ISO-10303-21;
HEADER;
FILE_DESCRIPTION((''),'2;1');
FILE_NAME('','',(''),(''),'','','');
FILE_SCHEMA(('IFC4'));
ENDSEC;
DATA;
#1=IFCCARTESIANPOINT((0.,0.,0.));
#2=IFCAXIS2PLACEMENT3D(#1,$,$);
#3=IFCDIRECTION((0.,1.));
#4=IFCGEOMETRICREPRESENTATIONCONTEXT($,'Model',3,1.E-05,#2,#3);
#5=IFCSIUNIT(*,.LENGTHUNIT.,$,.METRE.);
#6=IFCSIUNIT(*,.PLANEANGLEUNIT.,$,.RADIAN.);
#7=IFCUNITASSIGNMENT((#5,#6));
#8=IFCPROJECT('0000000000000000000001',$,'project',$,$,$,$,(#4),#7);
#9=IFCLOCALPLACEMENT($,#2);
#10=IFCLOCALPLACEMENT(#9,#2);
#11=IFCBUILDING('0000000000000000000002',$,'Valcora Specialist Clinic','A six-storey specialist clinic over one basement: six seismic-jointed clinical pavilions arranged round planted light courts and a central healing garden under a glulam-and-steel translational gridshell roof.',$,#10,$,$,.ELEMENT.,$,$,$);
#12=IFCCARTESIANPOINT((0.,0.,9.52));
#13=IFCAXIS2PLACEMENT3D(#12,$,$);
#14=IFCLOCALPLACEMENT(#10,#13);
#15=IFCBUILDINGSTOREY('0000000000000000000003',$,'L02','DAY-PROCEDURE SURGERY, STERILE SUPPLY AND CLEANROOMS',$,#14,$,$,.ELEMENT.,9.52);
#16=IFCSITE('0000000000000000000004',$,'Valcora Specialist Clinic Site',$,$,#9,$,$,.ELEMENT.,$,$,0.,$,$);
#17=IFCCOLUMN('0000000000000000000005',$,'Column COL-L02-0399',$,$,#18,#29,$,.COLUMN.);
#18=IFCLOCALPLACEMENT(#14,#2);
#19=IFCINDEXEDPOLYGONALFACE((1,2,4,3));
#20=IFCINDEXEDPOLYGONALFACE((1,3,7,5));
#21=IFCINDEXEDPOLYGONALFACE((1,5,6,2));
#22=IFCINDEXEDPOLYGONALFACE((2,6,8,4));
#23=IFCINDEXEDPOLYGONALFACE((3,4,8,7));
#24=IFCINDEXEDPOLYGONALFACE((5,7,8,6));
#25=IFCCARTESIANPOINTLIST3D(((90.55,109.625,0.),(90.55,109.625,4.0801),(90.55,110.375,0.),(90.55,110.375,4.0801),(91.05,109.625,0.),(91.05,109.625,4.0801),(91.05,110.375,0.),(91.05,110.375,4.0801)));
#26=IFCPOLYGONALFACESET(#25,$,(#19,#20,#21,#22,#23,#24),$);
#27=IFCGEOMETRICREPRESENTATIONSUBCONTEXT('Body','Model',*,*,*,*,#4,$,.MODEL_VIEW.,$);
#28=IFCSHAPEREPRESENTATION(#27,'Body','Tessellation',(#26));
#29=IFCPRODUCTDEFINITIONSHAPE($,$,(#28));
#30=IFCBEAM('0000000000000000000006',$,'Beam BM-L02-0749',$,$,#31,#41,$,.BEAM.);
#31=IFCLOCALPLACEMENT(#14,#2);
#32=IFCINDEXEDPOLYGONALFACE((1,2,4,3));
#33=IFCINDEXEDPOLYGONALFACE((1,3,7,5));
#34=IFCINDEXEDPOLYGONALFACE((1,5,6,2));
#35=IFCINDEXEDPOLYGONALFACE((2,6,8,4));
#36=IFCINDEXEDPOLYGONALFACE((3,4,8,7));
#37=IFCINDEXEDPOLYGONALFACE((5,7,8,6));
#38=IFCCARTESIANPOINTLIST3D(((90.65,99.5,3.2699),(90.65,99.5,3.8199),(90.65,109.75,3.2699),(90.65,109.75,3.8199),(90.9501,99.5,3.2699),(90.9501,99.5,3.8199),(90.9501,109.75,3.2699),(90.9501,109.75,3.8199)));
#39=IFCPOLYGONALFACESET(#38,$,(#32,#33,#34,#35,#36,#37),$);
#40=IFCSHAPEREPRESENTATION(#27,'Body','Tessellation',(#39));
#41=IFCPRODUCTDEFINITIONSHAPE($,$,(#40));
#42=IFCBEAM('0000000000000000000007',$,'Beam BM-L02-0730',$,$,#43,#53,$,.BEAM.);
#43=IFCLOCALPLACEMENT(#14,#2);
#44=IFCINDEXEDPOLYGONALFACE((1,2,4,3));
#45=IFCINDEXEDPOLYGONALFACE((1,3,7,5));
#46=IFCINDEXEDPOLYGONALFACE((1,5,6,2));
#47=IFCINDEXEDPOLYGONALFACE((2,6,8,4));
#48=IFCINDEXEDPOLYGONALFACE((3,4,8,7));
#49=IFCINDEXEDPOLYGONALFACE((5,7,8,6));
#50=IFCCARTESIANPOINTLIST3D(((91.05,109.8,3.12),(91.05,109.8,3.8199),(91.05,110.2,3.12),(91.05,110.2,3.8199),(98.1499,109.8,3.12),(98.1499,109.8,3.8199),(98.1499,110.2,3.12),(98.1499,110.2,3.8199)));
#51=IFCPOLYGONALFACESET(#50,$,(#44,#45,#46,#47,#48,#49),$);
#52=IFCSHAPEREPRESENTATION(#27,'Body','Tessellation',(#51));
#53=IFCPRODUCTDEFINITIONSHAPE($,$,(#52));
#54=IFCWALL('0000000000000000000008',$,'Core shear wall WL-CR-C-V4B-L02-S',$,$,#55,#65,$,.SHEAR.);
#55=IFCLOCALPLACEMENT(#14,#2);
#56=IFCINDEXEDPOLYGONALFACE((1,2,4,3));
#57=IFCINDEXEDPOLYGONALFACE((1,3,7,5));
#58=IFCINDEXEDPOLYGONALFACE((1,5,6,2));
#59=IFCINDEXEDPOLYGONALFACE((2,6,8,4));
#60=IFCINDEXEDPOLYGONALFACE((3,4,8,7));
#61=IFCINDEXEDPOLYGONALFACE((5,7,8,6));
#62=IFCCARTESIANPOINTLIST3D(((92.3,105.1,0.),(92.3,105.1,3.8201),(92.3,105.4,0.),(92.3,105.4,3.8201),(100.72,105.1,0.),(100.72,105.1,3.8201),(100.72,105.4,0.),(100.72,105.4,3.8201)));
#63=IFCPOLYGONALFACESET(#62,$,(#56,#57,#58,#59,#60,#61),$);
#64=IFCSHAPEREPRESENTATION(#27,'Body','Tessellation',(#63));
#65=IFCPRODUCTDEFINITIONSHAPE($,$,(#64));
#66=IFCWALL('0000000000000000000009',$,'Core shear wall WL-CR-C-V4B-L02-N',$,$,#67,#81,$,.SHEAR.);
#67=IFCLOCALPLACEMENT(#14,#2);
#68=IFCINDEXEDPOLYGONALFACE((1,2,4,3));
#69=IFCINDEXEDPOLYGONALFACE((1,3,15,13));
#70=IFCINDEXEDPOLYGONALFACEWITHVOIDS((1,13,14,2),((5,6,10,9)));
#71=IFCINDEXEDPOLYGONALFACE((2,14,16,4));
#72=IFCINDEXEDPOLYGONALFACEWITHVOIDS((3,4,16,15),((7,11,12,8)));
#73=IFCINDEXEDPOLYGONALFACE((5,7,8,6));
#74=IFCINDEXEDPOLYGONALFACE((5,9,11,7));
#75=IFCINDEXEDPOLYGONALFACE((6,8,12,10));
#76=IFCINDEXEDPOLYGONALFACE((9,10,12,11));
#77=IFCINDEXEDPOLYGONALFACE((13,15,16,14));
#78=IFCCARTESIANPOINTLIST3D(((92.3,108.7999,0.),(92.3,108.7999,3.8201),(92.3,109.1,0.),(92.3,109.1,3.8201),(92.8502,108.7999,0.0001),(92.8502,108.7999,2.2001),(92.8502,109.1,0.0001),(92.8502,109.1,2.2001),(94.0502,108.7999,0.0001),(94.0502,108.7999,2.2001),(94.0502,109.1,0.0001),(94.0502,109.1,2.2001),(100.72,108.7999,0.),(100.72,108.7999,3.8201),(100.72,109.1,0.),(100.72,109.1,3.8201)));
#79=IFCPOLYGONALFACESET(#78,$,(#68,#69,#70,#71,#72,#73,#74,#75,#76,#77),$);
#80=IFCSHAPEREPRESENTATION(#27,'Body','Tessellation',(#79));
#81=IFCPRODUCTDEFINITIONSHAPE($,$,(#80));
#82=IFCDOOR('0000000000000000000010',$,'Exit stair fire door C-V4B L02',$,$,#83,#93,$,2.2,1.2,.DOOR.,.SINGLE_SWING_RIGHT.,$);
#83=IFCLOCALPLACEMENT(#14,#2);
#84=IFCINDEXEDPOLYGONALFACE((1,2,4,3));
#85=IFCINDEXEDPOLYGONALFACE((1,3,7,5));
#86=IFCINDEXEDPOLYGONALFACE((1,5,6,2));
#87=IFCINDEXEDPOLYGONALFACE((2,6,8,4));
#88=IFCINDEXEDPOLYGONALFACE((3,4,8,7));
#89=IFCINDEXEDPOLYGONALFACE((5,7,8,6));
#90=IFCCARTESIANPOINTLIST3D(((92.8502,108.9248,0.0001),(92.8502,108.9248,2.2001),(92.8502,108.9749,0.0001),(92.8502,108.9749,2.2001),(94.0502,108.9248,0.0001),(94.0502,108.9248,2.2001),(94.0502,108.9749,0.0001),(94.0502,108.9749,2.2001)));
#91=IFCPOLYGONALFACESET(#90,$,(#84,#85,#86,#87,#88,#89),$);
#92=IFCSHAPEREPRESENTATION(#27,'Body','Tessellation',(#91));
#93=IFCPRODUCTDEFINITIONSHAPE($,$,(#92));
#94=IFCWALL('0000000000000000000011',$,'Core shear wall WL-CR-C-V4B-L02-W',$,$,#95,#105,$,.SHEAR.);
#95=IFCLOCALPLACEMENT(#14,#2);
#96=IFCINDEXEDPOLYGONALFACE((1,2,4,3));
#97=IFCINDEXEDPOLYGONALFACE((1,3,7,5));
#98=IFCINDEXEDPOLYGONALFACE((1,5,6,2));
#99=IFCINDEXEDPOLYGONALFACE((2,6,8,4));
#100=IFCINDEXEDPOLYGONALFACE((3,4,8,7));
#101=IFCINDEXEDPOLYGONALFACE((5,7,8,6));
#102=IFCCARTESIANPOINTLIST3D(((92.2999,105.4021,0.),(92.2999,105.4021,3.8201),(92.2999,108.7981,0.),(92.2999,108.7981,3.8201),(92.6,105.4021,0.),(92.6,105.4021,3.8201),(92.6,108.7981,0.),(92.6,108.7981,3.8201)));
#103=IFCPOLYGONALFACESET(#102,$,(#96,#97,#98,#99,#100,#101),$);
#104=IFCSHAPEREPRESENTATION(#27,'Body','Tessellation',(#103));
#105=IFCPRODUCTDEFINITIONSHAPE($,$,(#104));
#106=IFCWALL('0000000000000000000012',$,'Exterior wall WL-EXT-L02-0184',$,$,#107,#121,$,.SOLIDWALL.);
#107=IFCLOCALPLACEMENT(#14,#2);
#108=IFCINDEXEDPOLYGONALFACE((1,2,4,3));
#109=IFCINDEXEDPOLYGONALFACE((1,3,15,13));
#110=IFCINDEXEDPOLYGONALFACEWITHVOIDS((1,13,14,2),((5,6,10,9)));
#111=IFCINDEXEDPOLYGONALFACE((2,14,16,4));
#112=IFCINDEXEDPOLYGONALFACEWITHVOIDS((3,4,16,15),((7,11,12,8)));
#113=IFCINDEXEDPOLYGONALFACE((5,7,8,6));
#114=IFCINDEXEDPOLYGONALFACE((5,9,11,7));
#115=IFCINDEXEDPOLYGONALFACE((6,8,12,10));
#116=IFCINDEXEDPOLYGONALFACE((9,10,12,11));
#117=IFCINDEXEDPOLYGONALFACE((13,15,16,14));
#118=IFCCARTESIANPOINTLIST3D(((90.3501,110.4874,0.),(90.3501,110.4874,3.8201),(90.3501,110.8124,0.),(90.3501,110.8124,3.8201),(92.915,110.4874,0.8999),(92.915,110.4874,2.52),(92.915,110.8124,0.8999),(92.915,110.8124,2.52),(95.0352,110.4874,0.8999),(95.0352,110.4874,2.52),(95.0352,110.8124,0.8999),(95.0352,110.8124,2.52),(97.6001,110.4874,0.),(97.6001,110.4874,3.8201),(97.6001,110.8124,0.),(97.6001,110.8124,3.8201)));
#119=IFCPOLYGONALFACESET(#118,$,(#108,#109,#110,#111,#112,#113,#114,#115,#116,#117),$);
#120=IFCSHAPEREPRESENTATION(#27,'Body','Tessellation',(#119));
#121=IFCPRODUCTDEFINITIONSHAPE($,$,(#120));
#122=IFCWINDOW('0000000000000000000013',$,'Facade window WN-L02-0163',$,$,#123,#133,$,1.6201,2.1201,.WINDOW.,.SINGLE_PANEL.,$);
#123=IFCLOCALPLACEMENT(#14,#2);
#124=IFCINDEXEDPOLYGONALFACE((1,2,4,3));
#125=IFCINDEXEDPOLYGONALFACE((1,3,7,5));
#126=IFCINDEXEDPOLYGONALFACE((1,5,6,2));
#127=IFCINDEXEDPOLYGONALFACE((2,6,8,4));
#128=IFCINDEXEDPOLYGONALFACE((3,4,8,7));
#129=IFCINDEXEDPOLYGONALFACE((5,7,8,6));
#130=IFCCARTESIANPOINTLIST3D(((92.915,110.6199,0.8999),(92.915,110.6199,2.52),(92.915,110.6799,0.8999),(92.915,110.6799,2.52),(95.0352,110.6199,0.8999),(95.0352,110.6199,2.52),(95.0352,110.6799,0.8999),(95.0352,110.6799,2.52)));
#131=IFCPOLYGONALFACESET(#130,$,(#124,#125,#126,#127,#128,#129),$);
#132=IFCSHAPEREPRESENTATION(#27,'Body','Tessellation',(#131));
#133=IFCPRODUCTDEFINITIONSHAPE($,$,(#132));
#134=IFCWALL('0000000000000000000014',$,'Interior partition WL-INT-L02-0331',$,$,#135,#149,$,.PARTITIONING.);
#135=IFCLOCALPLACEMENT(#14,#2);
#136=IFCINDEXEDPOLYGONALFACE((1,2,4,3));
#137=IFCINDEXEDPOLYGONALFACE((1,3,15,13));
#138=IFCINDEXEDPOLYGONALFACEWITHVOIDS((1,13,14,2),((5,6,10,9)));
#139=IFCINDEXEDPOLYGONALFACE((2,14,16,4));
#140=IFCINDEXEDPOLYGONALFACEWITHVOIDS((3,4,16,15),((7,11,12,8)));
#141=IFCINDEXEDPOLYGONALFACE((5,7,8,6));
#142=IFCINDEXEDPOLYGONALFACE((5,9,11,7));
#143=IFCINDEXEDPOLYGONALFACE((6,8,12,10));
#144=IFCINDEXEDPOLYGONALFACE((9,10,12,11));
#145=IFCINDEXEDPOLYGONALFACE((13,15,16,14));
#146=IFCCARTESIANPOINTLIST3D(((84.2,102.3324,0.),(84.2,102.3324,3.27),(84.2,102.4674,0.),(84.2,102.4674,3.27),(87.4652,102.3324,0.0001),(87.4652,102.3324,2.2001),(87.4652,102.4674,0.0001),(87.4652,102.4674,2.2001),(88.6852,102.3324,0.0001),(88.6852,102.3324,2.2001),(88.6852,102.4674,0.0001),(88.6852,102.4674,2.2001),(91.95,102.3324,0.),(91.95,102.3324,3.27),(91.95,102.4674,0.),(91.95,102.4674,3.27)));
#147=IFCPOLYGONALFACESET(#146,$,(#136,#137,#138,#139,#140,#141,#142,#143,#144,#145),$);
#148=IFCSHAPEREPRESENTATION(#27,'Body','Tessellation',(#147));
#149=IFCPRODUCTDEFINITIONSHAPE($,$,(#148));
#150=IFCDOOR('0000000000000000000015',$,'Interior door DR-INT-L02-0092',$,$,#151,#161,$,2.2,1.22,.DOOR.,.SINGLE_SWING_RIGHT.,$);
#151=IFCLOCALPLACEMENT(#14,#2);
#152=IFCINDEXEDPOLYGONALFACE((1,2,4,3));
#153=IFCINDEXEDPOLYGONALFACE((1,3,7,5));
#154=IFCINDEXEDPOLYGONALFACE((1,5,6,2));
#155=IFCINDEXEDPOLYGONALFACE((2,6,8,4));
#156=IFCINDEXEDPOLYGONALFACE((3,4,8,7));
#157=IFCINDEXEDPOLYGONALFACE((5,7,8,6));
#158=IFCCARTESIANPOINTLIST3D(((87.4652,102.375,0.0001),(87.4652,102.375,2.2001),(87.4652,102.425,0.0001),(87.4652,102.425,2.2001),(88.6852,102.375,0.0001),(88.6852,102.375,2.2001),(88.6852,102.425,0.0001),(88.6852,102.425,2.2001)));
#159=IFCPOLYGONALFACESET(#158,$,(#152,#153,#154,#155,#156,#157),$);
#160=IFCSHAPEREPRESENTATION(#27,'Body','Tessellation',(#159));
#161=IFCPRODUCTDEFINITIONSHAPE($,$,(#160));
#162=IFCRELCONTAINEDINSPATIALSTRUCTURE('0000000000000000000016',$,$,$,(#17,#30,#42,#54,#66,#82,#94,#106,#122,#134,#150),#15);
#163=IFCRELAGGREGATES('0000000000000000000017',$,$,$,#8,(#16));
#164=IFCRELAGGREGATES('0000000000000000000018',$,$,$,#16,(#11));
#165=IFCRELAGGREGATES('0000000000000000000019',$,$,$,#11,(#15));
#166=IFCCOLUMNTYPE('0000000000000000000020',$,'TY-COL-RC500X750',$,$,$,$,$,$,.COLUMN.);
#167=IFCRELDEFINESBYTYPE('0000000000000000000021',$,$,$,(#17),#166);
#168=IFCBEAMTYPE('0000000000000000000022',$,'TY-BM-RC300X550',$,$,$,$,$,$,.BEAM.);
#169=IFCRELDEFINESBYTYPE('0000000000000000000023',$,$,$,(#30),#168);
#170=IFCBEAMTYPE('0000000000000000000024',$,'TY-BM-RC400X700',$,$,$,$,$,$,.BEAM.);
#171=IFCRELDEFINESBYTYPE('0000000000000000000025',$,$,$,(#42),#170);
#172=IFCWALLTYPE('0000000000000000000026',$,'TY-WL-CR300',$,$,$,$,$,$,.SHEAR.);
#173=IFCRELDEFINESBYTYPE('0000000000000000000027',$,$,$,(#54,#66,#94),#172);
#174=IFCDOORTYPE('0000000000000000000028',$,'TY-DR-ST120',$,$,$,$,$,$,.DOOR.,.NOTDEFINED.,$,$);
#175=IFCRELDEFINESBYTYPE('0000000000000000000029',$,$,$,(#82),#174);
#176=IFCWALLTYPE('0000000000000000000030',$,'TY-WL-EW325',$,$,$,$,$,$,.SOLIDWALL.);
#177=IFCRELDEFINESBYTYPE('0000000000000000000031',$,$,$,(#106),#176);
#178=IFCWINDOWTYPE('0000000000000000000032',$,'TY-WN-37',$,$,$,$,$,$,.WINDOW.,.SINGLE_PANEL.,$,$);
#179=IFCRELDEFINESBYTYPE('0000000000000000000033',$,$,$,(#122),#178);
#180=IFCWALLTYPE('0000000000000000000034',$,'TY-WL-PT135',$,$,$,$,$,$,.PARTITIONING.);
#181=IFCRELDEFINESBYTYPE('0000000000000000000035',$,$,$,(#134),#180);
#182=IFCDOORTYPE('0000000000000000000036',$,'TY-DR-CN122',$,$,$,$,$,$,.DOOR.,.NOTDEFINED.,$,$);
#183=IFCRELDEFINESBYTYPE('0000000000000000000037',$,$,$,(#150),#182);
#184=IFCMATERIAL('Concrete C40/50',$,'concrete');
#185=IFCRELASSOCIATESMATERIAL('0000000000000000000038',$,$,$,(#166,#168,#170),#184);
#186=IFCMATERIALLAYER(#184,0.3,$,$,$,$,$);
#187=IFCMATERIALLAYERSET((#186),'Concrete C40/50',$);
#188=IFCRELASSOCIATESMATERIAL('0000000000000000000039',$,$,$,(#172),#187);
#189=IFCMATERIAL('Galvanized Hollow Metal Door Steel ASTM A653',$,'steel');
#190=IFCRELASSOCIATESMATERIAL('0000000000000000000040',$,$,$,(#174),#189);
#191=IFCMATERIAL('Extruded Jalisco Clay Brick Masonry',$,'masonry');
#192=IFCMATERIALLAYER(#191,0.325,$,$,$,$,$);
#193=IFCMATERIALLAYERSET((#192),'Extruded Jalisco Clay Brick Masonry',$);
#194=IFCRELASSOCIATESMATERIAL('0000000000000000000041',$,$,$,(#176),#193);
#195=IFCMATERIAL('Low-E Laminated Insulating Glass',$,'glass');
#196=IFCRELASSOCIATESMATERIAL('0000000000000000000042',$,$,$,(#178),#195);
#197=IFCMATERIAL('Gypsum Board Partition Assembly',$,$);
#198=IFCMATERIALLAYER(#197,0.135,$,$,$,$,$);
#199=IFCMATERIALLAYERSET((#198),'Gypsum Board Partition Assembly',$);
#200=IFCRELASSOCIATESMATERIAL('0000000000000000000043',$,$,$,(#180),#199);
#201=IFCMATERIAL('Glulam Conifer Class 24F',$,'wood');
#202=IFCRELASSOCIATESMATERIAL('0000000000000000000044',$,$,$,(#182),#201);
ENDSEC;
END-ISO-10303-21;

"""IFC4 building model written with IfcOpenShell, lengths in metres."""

from ifc_helpers import new_model, si_unit, direction, frame, frame_2d, origin, origin_2d, place, context, subcontext, project, spatial, rectangle, extrude, material, layer, layer_set, material_profile, profile_set, type_object, element, fill, save


model = new_model("IFC4")

# Units and contexts
model_context = context("Model", 3, precision=1e-05, world=origin(), true_north=direction((0.0, 1.0)))
body_context = subcontext(model_context, "Body", "Model", "MODEL_VIEW")
ifc_project = project(units=[si_unit("LENGTHUNIT", "METRE"), si_unit("PLANEANGLEUNIT", "RADIAN")], contexts=[model_context])

# Site, building, storey
site_placement = place(None, origin())
site = spatial("IfcSite", under=ifc_project, at=site_placement, Name="Valcora Specialist Clinic Site", CompositionType="ELEMENT", RefElevation=0.0)
building_placement = place(site_placement, origin())
building = spatial("IfcBuilding", under=site, at=building_placement, Name="Valcora Specialist Clinic", Description="A six-storey specialist clinic over one basement: six seismic-jointed clinical pavilions arranged round planted light courts and a central healing garden under a glulam-and-steel translational gridshell roof.", CompositionType="ELEMENT")
storey_placement = place(building_placement, frame((0.0, 0.0, 9.52)))
storey = spatial("IfcBuildingStorey", under=building, at=storey_placement, Name="L02", Description="DAY-PROCEDURE SURGERY, STERILE SUPPLY AND CLEANROOMS", CompositionType="ELEMENT", Elevation=9.52)

# Column
ifc_material_1 = material(Name="Concrete C40/50", Category="concrete")
ifc_material_profile_1 = material_profile(ifc_material_1, rectangle(XDim=0.5, YDim=0.75, at=origin_2d()), Name="RC-COL-500X750")
ifc_profile_set_1 = profile_set([ifc_material_profile_1], Name="Concrete C40/50")
column_type = type_object("IfcColumnType", Name="TY-COL-RC500X750", PredefinedType="COLUMN", material=ifc_profile_set_1)
column_placement = place(storey_placement, frame((90.8, 110.0, 0.0), z_axis=(0.0, 0.0, 1.0), x_axis=(1.0, 0.0, 0.0)))
element("IfcColumn", 1, at=column_placement, inside=storey, type_object=column_type, Name="Column COL-L02-0399", PredefinedType="COLUMN", context=body_context, shape_type="SweptSolid", body=[
    extrude(rectangle(XDim=0.5, YDim=0.75, at=origin_2d()), origin(), (0.0, 0.0, 1.0), 4.0801),
])

# Beams
ifc_material_profile_2 = material_profile(ifc_material_1, rectangle(XDim=0.3, YDim=0.55, at=origin_2d()), Name="RC-BM-300X550")
ifc_profile_set_2 = profile_set([ifc_material_profile_2], Name="Concrete C40/50")
beam_type_1 = type_object("IfcBeamType", Name="TY-BM-RC300X550", PredefinedType="BEAM", material=ifc_profile_set_2)
beam_1_placement = place(storey_placement, frame((90.8, 99.5, 3.5449), z_axis=(0.0, 1.0, 0.0), x_axis=(-1.0, 0.0, 0.0)))
element("IfcBeam", 2, at=beam_1_placement, inside=storey, type_object=beam_type_1, Name="Beam BM-L02-0749", PredefinedType="BEAM", context=body_context, shape_type="SweptSolid", body=[
    extrude(rectangle(XDim=0.3, YDim=0.55, at=origin_2d()), origin(), (0.0, 0.0, 1.0), 10.25),
])
ifc_material_profile_3 = material_profile(ifc_material_1, rectangle(XDim=0.3999, YDim=0.7, at=origin_2d()), Name="RC-BM-400X700")
ifc_profile_set_3 = profile_set([ifc_material_profile_3], Name="Concrete C40/50")
beam_type_2 = type_object("IfcBeamType", Name="TY-BM-RC400X700", PredefinedType="BEAM", material=ifc_profile_set_3)
beam_2_placement = place(storey_placement, frame((91.05, 110.0, 3.47), z_axis=(1.0, 0.0, 0.0), x_axis=(0.0, 1.0, 0.0)))
element("IfcBeam", 3, at=beam_2_placement, inside=storey, type_object=beam_type_2, Name="Beam BM-L02-0730", PredefinedType="BEAM", context=body_context, shape_type="SweptSolid", body=[
    extrude(rectangle(XDim=0.3999, YDim=0.7, at=origin_2d()), origin(), (0.0, 0.0, 1.0), 7.0999),
])

# Wall
ifc_layer_1 = layer(ifc_material_1, 0.3)
ifc_layer_set_1 = layer_set([ifc_layer_1], Name="Concrete C40/50")
wall_type_1 = type_object("IfcWallType", Name="TY-WL-CR300", PredefinedType="SHEAR", material=ifc_layer_set_1)
wall_1_placement = place(storey_placement, frame((92.3, 105.25, 0.0), z_axis=(0.0, 0.0, 1.0), x_axis=(1.0, 0.0, 0.0)))
element("IfcWall", 4, at=wall_1_placement, inside=storey, type_object=wall_type_1, Name="Core shear wall WL-CR-C-V4B-L02-S", PredefinedType="SHEAR", context=body_context, shape_type="SweptSolid", body=[
    extrude(rectangle(XDim=8.4199, YDim=0.3, at=frame_2d((4.21, 0.0))), origin(), (0.0, 0.0, 1.0), 3.8201),
])

# Wall, opening, door
wall_2_placement = place(storey_placement, frame((92.3, 108.95, 0.0), z_axis=(0.0, 0.0, 1.0), x_axis=(1.0, 0.0, 0.0)))
wall_2 = element("IfcWall", 5, at=wall_2_placement, inside=storey, type_object=wall_type_1, Name="Core shear wall WL-CR-C-V4B-L02-N", PredefinedType="SHEAR", context=body_context, shape_type="SweptSolid", body=[
    extrude(rectangle(XDim=8.4199, YDim=0.3, at=frame_2d((4.21, 0.0))), origin(), (0.0, 0.0, 1.0), 3.8201),
])
opening_1_placement = place(wall_2_placement, frame((0.55, 0.0, 0.0)))
opening_1 = element("IfcOpeningElement", 6, at=opening_1_placement, cuts=wall_2, PredefinedType="OPENING", context=body_context, shape_type="SweptSolid", body=[
    extrude(rectangle(XDim=1.2, YDim=2.2, at=frame_2d((0.6001, 1.1001))), frame((0.0, 0.1599, 0.0), z_axis=(0.0, -1.0, 0.0), x_axis=(1.0, 0.0, 0.0)), (0.0, 0.0, 1.0), 0.3201),
])
ifc_material_2 = material(Name="Galvanized Hollow Metal Door Steel ASTM A653", Category="steel")
door_type_1 = type_object("IfcDoorType", Name="TY-DR-ST120", OperationType="NOTDEFINED", PredefinedType="DOOR", material=ifc_material_2)
door_1_placement = place(opening_1_placement, origin())
door_1 = element("IfcDoor", 7, at=door_1_placement, inside=storey, type_object=door_type_1, Name="Exit stair fire door C-V4B L02", OperationType="SINGLE_SWING_RIGHT", OverallHeight=2.2, OverallWidth=1.2, PredefinedType="DOOR", context=body_context, shape_type="SweptSolid", body=[
    extrude(rectangle(XDim=1.2, YDim=2.2, at=frame_2d((0.6001, 1.1001))), frame((0.0, 0.0249, 0.0), z_axis=(0.0, -1.0, 0.0), x_axis=(1.0, 0.0, 0.0)), (0.0, 0.0, 1.0), 0.05),
])
fill(opening_1, door_1)

# Wall
wall_3_placement = place(storey_placement, frame((92.45, 105.4021, 0.0), z_axis=(0.0, 0.0, 1.0), x_axis=(0.0, 1.0, 0.0)))
element("IfcWall", 8, at=wall_3_placement, inside=storey, type_object=wall_type_1, Name="Core shear wall WL-CR-C-V4B-L02-W", PredefinedType="SHEAR", context=body_context, shape_type="SweptSolid", body=[
    extrude(rectangle(XDim=3.396, YDim=0.3, at=frame_2d((1.698, 0.0))), origin(), (0.0, 0.0, 1.0), 3.8201),
])

# Wall, opening, window
ifc_material_3 = material(Name="Extruded Jalisco Clay Brick Masonry", Category="masonry")
ifc_layer_2 = layer(ifc_material_3, 0.325)
ifc_layer_set_2 = layer_set([ifc_layer_2], Name="Extruded Jalisco Clay Brick Masonry")
wall_type_2 = type_object("IfcWallType", Name="TY-WL-EW325", PredefinedType="SOLIDWALL", material=ifc_layer_set_2)
wall_4_placement = place(storey_placement, frame((90.3501, 110.6499, 0.0), z_axis=(0.0, 0.0, 1.0), x_axis=(1.0, 0.0, 0.0)))
wall_4 = element("IfcWall", 9, at=wall_4_placement, inside=storey, type_object=wall_type_2, Name="Exterior wall WL-EXT-L02-0184", PredefinedType="SOLIDWALL", context=body_context, shape_type="SweptSolid", body=[
    extrude(rectangle(XDim=7.25, YDim=0.325, at=frame_2d((3.625, 0.0))), origin(), (0.0, 0.0, 1.0), 3.8201),
])
opening_2_placement = place(wall_4_placement, frame((2.5649, 0.0, 0.8999)))
opening_2 = element("IfcOpeningElement", 10, at=opening_2_placement, cuts=wall_4, PredefinedType="OPENING", context=body_context, shape_type="SweptSolid", body=[
    extrude(rectangle(XDim=2.1201, YDim=1.6201, at=frame_2d((1.0601, 0.8101))), frame((0.0, 0.1724, 0.0), z_axis=(0.0, -1.0, 0.0), x_axis=(1.0, 0.0, 0.0)), (0.0, 0.0, 1.0), 0.345),
])
ifc_material_4 = material(Name="Low-E Laminated Insulating Glass", Category="glass")
window_type = type_object("IfcWindowType", Name="TY-WN-37", PartitioningType="SINGLE_PANEL", PredefinedType="WINDOW", material=ifc_material_4)
window_placement = place(opening_2_placement, origin())
window = element("IfcWindow", 11, at=window_placement, inside=storey, type_object=window_type, Name="Facade window WN-L02-0163", OverallHeight=1.6201, OverallWidth=2.1201, PartitioningType="SINGLE_PANEL", PredefinedType="WINDOW", context=body_context, shape_type="SweptSolid", body=[
    extrude(rectangle(XDim=2.1201, YDim=1.6201, at=frame_2d((1.0601, 0.8101))), frame((0.0, 0.03, 0.0), z_axis=(0.0, -1.0, 0.0), x_axis=(1.0, 0.0, 0.0)), (0.0, 0.0, 1.0), 0.0601),
])
fill(opening_2, window)

# Wall, opening, door
ifc_material_5 = material(Name="Gypsum Board Partition Assembly")
ifc_layer_3 = layer(ifc_material_5, 0.135)
ifc_layer_set_3 = layer_set([ifc_layer_3], Name="Gypsum Board Partition Assembly")
wall_type_3 = type_object("IfcWallType", Name="TY-WL-PT135", PredefinedType="PARTITIONING", material=ifc_layer_set_3)
wall_5_placement = place(storey_placement, frame((91.95, 102.3999, 0.0), z_axis=(0.0, 0.0, 1.0), x_axis=(-1.0, 0.0, 0.0)))
wall_5 = element("IfcWall", 12, at=wall_5_placement, inside=storey, type_object=wall_type_3, Name="Interior partition WL-INT-L02-0331", PredefinedType="PARTITIONING", context=body_context, shape_type="SweptSolid", body=[
    extrude(rectangle(XDim=7.75, YDim=0.135, at=frame_2d((3.875, 0.0))), origin(), (0.0, 0.0, 1.0), 3.27),
])
opening_3_placement = place(wall_5_placement, frame((3.2649, 0.0, 0.0)))
opening_3 = element("IfcOpeningElement", 13, at=opening_3_placement, cuts=wall_5, PredefinedType="OPENING", context=body_context, shape_type="SweptSolid", body=[
    extrude(rectangle(XDim=1.22, YDim=2.2, at=frame_2d((0.6099, 1.1001))), frame((0.0, 0.0774, 0.0), z_axis=(0.0, -1.0, 0.0), x_axis=(1.0, 0.0, 0.0)), (0.0, 0.0, 1.0), 0.155),
])
ifc_material_6 = material(Name="Glulam Conifer Class 24F", Category="wood")
door_type_2 = type_object("IfcDoorType", Name="TY-DR-CN122", OperationType="NOTDEFINED", PredefinedType="DOOR", material=ifc_material_6)
door_2_placement = place(opening_3_placement, origin())
door_2 = element("IfcDoor", 14, at=door_2_placement, inside=storey, type_object=door_type_2, Name="Interior door DR-INT-L02-0092", OperationType="SINGLE_SWING_RIGHT", OverallHeight=2.2, OverallWidth=1.22, PredefinedType="DOOR", context=body_context, shape_type="SweptSolid", body=[
    extrude(rectangle(XDim=1.22, YDim=2.2, at=frame_2d((0.6099, 1.1001))), frame((0.0, 0.0249, 0.0), z_axis=(0.0, -1.0, 0.0), x_axis=(1.0, 0.0, 0.0)), (0.0, 0.0, 1.0), 0.05),
])
fill(opening_3, door_2)

save(model, "model.ifc")
